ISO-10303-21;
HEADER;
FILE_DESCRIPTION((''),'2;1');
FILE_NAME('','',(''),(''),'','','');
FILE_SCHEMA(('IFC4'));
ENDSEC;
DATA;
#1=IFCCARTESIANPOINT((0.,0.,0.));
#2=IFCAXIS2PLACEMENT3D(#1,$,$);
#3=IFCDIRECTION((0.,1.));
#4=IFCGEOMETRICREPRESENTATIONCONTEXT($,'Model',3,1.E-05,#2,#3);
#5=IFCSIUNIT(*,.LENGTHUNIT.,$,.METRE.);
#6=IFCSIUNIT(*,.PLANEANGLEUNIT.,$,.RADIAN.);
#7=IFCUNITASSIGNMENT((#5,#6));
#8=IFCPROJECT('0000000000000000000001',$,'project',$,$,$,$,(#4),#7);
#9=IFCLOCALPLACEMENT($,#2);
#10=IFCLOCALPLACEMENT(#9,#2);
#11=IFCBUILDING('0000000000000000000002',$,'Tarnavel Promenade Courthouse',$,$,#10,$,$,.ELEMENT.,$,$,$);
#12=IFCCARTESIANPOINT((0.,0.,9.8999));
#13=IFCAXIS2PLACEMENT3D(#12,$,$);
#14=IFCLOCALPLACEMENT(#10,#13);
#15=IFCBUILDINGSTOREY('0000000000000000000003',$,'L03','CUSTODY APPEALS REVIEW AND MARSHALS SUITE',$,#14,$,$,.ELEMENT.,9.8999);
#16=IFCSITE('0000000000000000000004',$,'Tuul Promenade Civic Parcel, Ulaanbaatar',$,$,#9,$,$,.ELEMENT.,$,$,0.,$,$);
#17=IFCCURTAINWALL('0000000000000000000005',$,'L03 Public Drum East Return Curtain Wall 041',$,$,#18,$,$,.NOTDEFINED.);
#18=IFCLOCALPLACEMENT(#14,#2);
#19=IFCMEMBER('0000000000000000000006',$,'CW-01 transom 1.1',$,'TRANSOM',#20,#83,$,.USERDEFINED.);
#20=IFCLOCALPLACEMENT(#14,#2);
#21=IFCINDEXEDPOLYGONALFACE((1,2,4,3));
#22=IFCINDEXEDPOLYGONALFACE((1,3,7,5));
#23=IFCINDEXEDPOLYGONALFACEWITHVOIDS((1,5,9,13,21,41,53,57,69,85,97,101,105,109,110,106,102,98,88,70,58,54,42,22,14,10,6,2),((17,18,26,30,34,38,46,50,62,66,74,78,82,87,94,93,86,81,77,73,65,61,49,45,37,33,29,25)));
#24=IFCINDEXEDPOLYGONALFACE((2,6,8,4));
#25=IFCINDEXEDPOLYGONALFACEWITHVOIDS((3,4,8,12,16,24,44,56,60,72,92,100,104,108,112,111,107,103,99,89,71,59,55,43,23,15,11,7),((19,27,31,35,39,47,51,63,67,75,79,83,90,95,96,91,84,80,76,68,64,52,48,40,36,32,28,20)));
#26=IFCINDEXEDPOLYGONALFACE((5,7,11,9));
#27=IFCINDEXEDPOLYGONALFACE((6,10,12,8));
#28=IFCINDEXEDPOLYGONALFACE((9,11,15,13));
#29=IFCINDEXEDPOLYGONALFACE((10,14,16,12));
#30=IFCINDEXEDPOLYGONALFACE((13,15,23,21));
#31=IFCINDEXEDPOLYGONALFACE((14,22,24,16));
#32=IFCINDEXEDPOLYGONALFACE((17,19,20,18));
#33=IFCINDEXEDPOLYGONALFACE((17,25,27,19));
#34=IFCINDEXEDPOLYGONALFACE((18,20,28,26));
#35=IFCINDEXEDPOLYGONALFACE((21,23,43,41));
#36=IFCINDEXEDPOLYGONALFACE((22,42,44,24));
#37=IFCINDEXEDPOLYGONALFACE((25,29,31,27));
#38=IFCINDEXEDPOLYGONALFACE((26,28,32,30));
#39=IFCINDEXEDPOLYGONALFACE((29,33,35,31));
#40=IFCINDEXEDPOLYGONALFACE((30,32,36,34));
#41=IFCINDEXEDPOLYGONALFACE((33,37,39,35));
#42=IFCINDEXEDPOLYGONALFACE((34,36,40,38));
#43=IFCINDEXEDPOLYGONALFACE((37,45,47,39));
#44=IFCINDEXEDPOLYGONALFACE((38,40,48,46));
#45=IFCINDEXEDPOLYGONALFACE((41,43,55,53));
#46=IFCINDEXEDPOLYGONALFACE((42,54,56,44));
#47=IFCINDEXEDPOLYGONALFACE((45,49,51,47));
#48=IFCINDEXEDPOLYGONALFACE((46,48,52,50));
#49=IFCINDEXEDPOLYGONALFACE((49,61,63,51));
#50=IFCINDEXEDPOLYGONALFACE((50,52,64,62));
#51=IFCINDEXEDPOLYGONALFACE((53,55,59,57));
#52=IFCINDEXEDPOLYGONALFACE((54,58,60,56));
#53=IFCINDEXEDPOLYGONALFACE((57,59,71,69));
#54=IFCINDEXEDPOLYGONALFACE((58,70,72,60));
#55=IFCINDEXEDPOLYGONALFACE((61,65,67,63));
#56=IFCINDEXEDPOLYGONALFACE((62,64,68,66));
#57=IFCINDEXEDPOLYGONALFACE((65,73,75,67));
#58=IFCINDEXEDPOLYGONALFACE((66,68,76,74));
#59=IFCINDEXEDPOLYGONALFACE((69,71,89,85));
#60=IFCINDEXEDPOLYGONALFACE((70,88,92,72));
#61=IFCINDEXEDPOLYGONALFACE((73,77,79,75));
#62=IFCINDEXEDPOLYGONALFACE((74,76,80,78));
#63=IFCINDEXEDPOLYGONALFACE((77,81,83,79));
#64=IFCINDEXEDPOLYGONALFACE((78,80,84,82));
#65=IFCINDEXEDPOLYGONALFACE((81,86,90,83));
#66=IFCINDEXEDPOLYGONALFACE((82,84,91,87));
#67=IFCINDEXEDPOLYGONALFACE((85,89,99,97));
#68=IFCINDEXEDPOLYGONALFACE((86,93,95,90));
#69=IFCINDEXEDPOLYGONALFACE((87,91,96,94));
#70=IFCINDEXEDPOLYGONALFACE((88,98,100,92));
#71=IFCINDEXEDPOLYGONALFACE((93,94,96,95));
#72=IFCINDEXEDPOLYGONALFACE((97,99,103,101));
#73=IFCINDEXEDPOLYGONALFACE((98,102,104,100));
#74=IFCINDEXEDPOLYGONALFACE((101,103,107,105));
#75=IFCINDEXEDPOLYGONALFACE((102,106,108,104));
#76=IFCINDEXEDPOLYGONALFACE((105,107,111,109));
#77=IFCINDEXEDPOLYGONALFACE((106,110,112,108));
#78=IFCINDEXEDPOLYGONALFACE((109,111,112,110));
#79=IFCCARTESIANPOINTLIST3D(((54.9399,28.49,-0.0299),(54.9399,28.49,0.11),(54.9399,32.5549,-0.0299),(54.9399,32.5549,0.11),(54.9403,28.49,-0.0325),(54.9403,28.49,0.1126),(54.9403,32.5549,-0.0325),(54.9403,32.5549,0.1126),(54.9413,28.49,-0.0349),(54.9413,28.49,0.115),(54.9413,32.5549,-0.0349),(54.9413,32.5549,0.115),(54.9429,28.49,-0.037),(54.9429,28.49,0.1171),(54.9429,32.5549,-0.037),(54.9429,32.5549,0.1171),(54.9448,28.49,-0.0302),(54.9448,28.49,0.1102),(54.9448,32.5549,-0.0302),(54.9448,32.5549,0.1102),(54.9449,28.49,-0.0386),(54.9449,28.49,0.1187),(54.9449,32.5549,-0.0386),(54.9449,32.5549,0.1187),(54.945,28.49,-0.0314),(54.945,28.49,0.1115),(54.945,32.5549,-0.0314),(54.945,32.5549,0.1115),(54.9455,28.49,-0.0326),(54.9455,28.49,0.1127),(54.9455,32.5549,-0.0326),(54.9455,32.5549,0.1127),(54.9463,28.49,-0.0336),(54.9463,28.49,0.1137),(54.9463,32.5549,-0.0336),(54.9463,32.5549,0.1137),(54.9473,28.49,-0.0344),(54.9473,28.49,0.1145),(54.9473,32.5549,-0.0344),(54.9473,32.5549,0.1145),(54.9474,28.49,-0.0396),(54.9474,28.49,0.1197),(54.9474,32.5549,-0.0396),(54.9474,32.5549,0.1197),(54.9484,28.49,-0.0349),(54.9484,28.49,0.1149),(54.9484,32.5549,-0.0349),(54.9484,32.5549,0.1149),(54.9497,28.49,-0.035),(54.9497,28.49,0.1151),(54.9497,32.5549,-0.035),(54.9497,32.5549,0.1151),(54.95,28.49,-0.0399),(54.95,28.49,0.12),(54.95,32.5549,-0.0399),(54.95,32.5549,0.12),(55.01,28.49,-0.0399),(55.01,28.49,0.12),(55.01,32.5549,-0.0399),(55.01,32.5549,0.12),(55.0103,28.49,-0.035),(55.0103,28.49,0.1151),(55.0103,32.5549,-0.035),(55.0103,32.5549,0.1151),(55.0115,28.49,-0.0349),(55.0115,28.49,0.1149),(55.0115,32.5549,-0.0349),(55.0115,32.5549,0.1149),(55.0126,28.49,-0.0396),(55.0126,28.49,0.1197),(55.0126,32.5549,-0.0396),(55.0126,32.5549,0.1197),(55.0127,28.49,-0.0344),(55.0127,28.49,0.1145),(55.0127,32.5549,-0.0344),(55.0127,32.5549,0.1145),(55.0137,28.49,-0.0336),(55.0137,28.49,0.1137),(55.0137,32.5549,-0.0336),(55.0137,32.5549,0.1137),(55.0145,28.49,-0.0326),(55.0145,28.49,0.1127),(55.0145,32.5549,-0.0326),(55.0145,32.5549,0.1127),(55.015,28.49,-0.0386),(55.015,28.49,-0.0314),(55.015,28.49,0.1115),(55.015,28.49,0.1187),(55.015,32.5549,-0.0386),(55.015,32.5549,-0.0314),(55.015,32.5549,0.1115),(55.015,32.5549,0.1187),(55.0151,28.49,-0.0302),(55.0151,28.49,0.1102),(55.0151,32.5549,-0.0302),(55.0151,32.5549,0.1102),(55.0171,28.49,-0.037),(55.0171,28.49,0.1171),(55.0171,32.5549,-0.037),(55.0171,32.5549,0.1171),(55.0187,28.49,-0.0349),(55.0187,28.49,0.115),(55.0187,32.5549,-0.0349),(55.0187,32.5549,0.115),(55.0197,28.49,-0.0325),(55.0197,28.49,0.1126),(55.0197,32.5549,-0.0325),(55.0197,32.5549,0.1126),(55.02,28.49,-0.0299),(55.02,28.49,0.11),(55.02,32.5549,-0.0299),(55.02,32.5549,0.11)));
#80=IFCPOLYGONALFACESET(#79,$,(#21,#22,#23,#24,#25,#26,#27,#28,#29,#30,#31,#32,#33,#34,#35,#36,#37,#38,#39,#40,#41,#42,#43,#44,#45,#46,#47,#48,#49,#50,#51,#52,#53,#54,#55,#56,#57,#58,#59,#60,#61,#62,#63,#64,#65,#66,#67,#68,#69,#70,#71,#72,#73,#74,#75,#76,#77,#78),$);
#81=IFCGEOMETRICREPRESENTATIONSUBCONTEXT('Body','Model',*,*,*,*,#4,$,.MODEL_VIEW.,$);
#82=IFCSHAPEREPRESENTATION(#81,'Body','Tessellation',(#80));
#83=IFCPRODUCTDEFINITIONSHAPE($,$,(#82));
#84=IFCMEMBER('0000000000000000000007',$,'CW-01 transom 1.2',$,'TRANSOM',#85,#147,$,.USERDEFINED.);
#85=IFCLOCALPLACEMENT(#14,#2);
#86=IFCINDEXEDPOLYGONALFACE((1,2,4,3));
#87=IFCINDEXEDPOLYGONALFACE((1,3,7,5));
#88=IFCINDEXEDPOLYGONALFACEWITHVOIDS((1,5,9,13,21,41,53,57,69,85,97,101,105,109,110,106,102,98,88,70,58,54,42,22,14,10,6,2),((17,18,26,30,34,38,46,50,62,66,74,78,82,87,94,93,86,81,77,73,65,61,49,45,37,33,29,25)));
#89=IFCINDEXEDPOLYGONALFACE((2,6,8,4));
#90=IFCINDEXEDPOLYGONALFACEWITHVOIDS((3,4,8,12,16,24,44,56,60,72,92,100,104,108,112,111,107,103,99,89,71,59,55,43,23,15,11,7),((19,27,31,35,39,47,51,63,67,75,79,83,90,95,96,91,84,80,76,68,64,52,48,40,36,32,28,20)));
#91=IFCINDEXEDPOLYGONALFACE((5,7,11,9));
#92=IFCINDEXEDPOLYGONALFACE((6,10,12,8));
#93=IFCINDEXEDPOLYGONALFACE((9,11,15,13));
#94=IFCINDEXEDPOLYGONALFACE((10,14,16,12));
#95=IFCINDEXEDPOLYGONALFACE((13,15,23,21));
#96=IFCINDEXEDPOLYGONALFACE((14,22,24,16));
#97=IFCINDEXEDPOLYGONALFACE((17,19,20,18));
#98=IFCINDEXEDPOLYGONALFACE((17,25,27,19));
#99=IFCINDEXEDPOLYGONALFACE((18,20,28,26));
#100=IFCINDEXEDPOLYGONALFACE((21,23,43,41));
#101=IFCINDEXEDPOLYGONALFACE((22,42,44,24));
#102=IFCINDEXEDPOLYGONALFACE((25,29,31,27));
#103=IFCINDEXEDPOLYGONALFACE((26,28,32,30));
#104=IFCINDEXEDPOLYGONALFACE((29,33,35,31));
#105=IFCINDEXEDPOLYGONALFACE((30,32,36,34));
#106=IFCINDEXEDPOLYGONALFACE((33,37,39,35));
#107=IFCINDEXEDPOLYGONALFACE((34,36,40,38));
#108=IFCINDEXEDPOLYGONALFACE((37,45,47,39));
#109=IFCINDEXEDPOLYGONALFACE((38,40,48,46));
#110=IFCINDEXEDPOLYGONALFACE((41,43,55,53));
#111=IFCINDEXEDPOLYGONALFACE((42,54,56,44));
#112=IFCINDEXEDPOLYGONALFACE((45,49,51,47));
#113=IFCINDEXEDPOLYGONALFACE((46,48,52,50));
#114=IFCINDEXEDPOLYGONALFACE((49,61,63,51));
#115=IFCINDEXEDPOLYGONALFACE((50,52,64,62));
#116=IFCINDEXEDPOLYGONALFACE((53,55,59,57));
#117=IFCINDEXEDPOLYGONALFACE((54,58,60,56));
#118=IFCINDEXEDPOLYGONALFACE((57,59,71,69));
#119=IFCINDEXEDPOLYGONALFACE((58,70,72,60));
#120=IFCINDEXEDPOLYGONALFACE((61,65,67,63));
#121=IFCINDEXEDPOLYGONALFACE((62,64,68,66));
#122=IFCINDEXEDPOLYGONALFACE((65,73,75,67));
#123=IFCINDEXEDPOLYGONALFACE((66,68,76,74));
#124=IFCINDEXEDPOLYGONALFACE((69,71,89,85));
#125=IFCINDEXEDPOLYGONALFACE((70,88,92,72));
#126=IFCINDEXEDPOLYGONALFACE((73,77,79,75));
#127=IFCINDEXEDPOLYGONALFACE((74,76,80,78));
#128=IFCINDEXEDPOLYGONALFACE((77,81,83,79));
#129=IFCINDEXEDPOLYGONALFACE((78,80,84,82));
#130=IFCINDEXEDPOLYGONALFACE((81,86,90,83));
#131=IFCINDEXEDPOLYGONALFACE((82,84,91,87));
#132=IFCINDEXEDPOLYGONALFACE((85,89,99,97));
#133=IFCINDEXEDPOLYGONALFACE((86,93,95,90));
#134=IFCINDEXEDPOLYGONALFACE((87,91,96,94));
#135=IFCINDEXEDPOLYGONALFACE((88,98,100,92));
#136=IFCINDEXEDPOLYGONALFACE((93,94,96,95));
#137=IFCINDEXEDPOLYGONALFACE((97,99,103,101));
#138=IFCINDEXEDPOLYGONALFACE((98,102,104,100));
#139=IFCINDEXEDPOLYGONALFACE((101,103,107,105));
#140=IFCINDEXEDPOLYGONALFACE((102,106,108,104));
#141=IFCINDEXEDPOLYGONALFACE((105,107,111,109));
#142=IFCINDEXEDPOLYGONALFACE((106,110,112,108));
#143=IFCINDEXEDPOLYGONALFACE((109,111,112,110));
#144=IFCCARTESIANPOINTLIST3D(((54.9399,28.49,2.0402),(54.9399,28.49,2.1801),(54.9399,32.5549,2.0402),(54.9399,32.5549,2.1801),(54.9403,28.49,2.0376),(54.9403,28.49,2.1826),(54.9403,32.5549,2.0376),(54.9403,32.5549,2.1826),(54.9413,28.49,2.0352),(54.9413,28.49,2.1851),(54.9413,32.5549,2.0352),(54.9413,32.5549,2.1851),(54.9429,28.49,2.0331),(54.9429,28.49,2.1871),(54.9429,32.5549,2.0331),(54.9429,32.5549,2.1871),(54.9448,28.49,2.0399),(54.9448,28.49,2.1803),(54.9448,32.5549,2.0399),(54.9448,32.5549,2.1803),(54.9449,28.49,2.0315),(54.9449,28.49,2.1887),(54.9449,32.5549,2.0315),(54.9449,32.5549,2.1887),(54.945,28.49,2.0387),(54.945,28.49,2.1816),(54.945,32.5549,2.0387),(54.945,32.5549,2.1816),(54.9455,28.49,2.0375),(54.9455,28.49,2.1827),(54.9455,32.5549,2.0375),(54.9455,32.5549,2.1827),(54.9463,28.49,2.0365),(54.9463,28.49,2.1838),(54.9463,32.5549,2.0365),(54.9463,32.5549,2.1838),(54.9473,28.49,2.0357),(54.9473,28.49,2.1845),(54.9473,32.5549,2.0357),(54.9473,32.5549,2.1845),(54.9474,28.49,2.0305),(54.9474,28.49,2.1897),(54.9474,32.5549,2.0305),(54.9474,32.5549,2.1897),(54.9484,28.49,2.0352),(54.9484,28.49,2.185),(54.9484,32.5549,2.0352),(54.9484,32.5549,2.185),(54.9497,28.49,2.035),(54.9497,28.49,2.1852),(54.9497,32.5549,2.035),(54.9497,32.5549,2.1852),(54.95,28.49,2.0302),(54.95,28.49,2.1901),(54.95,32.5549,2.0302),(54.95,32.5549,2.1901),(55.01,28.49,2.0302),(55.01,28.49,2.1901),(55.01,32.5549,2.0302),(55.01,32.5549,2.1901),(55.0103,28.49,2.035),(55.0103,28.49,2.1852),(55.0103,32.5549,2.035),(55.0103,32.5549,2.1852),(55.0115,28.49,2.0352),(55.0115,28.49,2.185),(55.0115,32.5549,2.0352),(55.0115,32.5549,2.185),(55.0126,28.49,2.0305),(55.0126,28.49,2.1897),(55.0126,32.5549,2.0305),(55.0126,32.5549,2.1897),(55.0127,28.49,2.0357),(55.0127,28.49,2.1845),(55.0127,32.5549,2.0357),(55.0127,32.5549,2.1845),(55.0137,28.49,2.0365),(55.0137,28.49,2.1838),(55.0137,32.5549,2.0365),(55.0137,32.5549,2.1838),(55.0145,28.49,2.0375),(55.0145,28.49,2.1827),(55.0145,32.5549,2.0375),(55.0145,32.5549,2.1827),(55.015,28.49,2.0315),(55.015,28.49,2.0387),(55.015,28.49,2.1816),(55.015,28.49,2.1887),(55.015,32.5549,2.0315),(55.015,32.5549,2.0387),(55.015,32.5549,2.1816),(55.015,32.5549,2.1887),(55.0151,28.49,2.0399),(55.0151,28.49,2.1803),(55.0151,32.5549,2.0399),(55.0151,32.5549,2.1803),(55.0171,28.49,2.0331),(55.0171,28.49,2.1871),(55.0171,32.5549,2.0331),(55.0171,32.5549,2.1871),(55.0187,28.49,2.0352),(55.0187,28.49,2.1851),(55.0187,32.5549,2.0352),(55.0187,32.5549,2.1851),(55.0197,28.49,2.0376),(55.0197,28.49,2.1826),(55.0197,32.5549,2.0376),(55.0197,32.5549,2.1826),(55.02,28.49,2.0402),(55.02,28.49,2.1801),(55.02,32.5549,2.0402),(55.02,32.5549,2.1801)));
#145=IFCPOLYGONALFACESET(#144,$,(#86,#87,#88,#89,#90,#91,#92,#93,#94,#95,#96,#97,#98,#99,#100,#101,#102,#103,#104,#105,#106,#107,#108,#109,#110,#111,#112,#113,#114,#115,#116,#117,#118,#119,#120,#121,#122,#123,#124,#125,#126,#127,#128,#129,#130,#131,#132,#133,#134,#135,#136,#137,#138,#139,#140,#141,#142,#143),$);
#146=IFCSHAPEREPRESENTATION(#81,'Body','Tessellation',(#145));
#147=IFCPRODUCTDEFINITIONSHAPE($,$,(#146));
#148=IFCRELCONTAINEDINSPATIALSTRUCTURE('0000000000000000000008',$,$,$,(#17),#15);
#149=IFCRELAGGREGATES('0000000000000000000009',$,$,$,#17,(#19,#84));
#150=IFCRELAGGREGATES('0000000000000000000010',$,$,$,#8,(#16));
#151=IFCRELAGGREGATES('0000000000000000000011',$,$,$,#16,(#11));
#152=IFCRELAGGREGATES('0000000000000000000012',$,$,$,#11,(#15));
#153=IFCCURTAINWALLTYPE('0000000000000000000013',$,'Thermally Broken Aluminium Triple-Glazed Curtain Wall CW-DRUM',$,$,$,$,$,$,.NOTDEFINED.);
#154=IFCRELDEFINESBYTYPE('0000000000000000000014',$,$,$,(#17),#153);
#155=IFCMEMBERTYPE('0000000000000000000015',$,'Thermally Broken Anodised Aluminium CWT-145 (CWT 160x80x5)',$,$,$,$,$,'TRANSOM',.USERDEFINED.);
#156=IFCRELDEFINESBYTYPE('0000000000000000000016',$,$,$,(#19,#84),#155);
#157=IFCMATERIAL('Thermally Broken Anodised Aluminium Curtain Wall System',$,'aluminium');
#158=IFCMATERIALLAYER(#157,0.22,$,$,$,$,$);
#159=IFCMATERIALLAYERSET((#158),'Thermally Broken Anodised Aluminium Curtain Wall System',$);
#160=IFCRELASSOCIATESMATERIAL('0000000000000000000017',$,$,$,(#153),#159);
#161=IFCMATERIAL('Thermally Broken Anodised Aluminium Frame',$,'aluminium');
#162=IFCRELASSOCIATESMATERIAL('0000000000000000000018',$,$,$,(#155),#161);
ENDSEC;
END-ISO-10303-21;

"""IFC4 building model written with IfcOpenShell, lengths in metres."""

from ifc_helpers import new_model, si_unit, direction, frame, origin, origin_2d, place, context, subcontext, project, spatial, hollow_rectangle, extrude, material, layer, layer_set, material_profile, profile_set, type_object, element, aggregate, save


model = new_model("IFC4")

# Units and contexts
model_context = context("Model", 3, precision=1e-05, world=origin(), true_north=direction((0.0, 1.0)))
body_context = subcontext(model_context, "Body", "Model", "MODEL_VIEW")
ifc_project = project(units=[si_unit("LENGTHUNIT", "METRE"), si_unit("PLANEANGLEUNIT", "RADIAN")], contexts=[model_context])

# Site, building, storey
site_placement = place(None, origin())
site = spatial("IfcSite", under=ifc_project, at=site_placement, Name="Tuul Promenade Civic Parcel, Ulaanbaatar", CompositionType="ELEMENT", RefElevation=0.0)
building_placement = place(site_placement, origin())
building = spatial("IfcBuilding", under=site, at=building_placement, Name="Tarnavel Promenade Courthouse", CompositionType="ELEMENT")
storey_placement = place(building_placement, frame((0.0, 0.0, 9.8999)))
storey = spatial("IfcBuildingStorey", under=building, at=storey_placement, Name="L03", Description="CUSTODY APPEALS REVIEW AND MARSHALS SUITE", CompositionType="ELEMENT", Elevation=9.8999)

# Shared definitions
ifc_material_1 = material(Name="Thermally Broken Anodised Aluminium Curtain Wall System", Category="aluminium")
ifc_layer_1 = layer(ifc_material_1, 0.22)
ifc_layer_set_1 = layer_set([ifc_layer_1], Name="Thermally Broken Anodised Aluminium Curtain Wall System")
curtain_wall_type_1 = type_object("IfcCurtainWallType", Name="Thermally Broken Aluminium Triple-Glazed Curtain Wall CW-DRUM", PredefinedType="NOTDEFINED", material=ifc_layer_set_1)
ifc_material_2 = material(Name="Thermally Broken Anodised Aluminium Frame", Category="aluminium")

# Curtain wall, members
curtain_wall_1_placement = place(storey_placement, origin())
curtain_wall_1 = element("IfcCurtainWall", 1, at=curtain_wall_1_placement, inside=storey, type_object=curtain_wall_type_1, Name="L03 Public Drum East Return Curtain Wall 041", PredefinedType="NOTDEFINED")
ifc_material_profile_1 = material_profile(ifc_material_2, hollow_rectangle(XDim=0.0801, YDim=0.1599, WallThickness=0.0049, InnerFilletRadius=0.0049, OuterFilletRadius=0.01, at=origin_2d()), Name="CWT 160x80x5")
ifc_profile_set_1 = profile_set([ifc_material_profile_1], Name="Thermally Broken Anodised Aluminium Frame")
member_type_1 = type_object("IfcMemberType", Name="Thermally Broken Anodised Aluminium CWT-145 (CWT 160x80x5)", ElementType="TRANSOM", PredefinedType="USERDEFINED", material=ifc_profile_set_1)
member_1_placement = place(storey_placement, frame((54.98, 28.49, 0.04), z_axis=(0.0, 1.0, 0.0), x_axis=(-1.0, 0.0, 0.0)))
member_1 = element("IfcMember", 2, at=member_1_placement, type_object=member_type_1, Name="CW-01 transom 1.1", ObjectType="TRANSOM", PredefinedType="USERDEFINED", context=body_context, shape_type="SweptSolid", body=[
    extrude(hollow_rectangle(XDim=0.0801, YDim=0.1599, WallThickness=0.0049, InnerFilletRadius=0.0049, OuterFilletRadius=0.01, at=origin_2d()), origin(), (0.0, 0.0, 1.0), 4.0649),
])
member_2_placement = place(storey_placement, frame((54.98, 28.49, 2.1101), z_axis=(0.0, 1.0, 0.0), x_axis=(-1.0, 0.0, 0.0)))
member_2 = element("IfcMember", 3, at=member_2_placement, type_object=member_type_1, Name="CW-01 transom 1.2", ObjectType="TRANSOM", PredefinedType="USERDEFINED", context=body_context, shape_type="SweptSolid", body=[
    extrude(hollow_rectangle(XDim=0.0801, YDim=0.1599, WallThickness=0.0049, InnerFilletRadius=0.0049, OuterFilletRadius=0.01, at=origin_2d()), origin(), (0.0, 0.0, 1.0), 4.0649),
])

aggregate(curtain_wall_1, [member_1, member_2])

save(model, "model.ifc")
